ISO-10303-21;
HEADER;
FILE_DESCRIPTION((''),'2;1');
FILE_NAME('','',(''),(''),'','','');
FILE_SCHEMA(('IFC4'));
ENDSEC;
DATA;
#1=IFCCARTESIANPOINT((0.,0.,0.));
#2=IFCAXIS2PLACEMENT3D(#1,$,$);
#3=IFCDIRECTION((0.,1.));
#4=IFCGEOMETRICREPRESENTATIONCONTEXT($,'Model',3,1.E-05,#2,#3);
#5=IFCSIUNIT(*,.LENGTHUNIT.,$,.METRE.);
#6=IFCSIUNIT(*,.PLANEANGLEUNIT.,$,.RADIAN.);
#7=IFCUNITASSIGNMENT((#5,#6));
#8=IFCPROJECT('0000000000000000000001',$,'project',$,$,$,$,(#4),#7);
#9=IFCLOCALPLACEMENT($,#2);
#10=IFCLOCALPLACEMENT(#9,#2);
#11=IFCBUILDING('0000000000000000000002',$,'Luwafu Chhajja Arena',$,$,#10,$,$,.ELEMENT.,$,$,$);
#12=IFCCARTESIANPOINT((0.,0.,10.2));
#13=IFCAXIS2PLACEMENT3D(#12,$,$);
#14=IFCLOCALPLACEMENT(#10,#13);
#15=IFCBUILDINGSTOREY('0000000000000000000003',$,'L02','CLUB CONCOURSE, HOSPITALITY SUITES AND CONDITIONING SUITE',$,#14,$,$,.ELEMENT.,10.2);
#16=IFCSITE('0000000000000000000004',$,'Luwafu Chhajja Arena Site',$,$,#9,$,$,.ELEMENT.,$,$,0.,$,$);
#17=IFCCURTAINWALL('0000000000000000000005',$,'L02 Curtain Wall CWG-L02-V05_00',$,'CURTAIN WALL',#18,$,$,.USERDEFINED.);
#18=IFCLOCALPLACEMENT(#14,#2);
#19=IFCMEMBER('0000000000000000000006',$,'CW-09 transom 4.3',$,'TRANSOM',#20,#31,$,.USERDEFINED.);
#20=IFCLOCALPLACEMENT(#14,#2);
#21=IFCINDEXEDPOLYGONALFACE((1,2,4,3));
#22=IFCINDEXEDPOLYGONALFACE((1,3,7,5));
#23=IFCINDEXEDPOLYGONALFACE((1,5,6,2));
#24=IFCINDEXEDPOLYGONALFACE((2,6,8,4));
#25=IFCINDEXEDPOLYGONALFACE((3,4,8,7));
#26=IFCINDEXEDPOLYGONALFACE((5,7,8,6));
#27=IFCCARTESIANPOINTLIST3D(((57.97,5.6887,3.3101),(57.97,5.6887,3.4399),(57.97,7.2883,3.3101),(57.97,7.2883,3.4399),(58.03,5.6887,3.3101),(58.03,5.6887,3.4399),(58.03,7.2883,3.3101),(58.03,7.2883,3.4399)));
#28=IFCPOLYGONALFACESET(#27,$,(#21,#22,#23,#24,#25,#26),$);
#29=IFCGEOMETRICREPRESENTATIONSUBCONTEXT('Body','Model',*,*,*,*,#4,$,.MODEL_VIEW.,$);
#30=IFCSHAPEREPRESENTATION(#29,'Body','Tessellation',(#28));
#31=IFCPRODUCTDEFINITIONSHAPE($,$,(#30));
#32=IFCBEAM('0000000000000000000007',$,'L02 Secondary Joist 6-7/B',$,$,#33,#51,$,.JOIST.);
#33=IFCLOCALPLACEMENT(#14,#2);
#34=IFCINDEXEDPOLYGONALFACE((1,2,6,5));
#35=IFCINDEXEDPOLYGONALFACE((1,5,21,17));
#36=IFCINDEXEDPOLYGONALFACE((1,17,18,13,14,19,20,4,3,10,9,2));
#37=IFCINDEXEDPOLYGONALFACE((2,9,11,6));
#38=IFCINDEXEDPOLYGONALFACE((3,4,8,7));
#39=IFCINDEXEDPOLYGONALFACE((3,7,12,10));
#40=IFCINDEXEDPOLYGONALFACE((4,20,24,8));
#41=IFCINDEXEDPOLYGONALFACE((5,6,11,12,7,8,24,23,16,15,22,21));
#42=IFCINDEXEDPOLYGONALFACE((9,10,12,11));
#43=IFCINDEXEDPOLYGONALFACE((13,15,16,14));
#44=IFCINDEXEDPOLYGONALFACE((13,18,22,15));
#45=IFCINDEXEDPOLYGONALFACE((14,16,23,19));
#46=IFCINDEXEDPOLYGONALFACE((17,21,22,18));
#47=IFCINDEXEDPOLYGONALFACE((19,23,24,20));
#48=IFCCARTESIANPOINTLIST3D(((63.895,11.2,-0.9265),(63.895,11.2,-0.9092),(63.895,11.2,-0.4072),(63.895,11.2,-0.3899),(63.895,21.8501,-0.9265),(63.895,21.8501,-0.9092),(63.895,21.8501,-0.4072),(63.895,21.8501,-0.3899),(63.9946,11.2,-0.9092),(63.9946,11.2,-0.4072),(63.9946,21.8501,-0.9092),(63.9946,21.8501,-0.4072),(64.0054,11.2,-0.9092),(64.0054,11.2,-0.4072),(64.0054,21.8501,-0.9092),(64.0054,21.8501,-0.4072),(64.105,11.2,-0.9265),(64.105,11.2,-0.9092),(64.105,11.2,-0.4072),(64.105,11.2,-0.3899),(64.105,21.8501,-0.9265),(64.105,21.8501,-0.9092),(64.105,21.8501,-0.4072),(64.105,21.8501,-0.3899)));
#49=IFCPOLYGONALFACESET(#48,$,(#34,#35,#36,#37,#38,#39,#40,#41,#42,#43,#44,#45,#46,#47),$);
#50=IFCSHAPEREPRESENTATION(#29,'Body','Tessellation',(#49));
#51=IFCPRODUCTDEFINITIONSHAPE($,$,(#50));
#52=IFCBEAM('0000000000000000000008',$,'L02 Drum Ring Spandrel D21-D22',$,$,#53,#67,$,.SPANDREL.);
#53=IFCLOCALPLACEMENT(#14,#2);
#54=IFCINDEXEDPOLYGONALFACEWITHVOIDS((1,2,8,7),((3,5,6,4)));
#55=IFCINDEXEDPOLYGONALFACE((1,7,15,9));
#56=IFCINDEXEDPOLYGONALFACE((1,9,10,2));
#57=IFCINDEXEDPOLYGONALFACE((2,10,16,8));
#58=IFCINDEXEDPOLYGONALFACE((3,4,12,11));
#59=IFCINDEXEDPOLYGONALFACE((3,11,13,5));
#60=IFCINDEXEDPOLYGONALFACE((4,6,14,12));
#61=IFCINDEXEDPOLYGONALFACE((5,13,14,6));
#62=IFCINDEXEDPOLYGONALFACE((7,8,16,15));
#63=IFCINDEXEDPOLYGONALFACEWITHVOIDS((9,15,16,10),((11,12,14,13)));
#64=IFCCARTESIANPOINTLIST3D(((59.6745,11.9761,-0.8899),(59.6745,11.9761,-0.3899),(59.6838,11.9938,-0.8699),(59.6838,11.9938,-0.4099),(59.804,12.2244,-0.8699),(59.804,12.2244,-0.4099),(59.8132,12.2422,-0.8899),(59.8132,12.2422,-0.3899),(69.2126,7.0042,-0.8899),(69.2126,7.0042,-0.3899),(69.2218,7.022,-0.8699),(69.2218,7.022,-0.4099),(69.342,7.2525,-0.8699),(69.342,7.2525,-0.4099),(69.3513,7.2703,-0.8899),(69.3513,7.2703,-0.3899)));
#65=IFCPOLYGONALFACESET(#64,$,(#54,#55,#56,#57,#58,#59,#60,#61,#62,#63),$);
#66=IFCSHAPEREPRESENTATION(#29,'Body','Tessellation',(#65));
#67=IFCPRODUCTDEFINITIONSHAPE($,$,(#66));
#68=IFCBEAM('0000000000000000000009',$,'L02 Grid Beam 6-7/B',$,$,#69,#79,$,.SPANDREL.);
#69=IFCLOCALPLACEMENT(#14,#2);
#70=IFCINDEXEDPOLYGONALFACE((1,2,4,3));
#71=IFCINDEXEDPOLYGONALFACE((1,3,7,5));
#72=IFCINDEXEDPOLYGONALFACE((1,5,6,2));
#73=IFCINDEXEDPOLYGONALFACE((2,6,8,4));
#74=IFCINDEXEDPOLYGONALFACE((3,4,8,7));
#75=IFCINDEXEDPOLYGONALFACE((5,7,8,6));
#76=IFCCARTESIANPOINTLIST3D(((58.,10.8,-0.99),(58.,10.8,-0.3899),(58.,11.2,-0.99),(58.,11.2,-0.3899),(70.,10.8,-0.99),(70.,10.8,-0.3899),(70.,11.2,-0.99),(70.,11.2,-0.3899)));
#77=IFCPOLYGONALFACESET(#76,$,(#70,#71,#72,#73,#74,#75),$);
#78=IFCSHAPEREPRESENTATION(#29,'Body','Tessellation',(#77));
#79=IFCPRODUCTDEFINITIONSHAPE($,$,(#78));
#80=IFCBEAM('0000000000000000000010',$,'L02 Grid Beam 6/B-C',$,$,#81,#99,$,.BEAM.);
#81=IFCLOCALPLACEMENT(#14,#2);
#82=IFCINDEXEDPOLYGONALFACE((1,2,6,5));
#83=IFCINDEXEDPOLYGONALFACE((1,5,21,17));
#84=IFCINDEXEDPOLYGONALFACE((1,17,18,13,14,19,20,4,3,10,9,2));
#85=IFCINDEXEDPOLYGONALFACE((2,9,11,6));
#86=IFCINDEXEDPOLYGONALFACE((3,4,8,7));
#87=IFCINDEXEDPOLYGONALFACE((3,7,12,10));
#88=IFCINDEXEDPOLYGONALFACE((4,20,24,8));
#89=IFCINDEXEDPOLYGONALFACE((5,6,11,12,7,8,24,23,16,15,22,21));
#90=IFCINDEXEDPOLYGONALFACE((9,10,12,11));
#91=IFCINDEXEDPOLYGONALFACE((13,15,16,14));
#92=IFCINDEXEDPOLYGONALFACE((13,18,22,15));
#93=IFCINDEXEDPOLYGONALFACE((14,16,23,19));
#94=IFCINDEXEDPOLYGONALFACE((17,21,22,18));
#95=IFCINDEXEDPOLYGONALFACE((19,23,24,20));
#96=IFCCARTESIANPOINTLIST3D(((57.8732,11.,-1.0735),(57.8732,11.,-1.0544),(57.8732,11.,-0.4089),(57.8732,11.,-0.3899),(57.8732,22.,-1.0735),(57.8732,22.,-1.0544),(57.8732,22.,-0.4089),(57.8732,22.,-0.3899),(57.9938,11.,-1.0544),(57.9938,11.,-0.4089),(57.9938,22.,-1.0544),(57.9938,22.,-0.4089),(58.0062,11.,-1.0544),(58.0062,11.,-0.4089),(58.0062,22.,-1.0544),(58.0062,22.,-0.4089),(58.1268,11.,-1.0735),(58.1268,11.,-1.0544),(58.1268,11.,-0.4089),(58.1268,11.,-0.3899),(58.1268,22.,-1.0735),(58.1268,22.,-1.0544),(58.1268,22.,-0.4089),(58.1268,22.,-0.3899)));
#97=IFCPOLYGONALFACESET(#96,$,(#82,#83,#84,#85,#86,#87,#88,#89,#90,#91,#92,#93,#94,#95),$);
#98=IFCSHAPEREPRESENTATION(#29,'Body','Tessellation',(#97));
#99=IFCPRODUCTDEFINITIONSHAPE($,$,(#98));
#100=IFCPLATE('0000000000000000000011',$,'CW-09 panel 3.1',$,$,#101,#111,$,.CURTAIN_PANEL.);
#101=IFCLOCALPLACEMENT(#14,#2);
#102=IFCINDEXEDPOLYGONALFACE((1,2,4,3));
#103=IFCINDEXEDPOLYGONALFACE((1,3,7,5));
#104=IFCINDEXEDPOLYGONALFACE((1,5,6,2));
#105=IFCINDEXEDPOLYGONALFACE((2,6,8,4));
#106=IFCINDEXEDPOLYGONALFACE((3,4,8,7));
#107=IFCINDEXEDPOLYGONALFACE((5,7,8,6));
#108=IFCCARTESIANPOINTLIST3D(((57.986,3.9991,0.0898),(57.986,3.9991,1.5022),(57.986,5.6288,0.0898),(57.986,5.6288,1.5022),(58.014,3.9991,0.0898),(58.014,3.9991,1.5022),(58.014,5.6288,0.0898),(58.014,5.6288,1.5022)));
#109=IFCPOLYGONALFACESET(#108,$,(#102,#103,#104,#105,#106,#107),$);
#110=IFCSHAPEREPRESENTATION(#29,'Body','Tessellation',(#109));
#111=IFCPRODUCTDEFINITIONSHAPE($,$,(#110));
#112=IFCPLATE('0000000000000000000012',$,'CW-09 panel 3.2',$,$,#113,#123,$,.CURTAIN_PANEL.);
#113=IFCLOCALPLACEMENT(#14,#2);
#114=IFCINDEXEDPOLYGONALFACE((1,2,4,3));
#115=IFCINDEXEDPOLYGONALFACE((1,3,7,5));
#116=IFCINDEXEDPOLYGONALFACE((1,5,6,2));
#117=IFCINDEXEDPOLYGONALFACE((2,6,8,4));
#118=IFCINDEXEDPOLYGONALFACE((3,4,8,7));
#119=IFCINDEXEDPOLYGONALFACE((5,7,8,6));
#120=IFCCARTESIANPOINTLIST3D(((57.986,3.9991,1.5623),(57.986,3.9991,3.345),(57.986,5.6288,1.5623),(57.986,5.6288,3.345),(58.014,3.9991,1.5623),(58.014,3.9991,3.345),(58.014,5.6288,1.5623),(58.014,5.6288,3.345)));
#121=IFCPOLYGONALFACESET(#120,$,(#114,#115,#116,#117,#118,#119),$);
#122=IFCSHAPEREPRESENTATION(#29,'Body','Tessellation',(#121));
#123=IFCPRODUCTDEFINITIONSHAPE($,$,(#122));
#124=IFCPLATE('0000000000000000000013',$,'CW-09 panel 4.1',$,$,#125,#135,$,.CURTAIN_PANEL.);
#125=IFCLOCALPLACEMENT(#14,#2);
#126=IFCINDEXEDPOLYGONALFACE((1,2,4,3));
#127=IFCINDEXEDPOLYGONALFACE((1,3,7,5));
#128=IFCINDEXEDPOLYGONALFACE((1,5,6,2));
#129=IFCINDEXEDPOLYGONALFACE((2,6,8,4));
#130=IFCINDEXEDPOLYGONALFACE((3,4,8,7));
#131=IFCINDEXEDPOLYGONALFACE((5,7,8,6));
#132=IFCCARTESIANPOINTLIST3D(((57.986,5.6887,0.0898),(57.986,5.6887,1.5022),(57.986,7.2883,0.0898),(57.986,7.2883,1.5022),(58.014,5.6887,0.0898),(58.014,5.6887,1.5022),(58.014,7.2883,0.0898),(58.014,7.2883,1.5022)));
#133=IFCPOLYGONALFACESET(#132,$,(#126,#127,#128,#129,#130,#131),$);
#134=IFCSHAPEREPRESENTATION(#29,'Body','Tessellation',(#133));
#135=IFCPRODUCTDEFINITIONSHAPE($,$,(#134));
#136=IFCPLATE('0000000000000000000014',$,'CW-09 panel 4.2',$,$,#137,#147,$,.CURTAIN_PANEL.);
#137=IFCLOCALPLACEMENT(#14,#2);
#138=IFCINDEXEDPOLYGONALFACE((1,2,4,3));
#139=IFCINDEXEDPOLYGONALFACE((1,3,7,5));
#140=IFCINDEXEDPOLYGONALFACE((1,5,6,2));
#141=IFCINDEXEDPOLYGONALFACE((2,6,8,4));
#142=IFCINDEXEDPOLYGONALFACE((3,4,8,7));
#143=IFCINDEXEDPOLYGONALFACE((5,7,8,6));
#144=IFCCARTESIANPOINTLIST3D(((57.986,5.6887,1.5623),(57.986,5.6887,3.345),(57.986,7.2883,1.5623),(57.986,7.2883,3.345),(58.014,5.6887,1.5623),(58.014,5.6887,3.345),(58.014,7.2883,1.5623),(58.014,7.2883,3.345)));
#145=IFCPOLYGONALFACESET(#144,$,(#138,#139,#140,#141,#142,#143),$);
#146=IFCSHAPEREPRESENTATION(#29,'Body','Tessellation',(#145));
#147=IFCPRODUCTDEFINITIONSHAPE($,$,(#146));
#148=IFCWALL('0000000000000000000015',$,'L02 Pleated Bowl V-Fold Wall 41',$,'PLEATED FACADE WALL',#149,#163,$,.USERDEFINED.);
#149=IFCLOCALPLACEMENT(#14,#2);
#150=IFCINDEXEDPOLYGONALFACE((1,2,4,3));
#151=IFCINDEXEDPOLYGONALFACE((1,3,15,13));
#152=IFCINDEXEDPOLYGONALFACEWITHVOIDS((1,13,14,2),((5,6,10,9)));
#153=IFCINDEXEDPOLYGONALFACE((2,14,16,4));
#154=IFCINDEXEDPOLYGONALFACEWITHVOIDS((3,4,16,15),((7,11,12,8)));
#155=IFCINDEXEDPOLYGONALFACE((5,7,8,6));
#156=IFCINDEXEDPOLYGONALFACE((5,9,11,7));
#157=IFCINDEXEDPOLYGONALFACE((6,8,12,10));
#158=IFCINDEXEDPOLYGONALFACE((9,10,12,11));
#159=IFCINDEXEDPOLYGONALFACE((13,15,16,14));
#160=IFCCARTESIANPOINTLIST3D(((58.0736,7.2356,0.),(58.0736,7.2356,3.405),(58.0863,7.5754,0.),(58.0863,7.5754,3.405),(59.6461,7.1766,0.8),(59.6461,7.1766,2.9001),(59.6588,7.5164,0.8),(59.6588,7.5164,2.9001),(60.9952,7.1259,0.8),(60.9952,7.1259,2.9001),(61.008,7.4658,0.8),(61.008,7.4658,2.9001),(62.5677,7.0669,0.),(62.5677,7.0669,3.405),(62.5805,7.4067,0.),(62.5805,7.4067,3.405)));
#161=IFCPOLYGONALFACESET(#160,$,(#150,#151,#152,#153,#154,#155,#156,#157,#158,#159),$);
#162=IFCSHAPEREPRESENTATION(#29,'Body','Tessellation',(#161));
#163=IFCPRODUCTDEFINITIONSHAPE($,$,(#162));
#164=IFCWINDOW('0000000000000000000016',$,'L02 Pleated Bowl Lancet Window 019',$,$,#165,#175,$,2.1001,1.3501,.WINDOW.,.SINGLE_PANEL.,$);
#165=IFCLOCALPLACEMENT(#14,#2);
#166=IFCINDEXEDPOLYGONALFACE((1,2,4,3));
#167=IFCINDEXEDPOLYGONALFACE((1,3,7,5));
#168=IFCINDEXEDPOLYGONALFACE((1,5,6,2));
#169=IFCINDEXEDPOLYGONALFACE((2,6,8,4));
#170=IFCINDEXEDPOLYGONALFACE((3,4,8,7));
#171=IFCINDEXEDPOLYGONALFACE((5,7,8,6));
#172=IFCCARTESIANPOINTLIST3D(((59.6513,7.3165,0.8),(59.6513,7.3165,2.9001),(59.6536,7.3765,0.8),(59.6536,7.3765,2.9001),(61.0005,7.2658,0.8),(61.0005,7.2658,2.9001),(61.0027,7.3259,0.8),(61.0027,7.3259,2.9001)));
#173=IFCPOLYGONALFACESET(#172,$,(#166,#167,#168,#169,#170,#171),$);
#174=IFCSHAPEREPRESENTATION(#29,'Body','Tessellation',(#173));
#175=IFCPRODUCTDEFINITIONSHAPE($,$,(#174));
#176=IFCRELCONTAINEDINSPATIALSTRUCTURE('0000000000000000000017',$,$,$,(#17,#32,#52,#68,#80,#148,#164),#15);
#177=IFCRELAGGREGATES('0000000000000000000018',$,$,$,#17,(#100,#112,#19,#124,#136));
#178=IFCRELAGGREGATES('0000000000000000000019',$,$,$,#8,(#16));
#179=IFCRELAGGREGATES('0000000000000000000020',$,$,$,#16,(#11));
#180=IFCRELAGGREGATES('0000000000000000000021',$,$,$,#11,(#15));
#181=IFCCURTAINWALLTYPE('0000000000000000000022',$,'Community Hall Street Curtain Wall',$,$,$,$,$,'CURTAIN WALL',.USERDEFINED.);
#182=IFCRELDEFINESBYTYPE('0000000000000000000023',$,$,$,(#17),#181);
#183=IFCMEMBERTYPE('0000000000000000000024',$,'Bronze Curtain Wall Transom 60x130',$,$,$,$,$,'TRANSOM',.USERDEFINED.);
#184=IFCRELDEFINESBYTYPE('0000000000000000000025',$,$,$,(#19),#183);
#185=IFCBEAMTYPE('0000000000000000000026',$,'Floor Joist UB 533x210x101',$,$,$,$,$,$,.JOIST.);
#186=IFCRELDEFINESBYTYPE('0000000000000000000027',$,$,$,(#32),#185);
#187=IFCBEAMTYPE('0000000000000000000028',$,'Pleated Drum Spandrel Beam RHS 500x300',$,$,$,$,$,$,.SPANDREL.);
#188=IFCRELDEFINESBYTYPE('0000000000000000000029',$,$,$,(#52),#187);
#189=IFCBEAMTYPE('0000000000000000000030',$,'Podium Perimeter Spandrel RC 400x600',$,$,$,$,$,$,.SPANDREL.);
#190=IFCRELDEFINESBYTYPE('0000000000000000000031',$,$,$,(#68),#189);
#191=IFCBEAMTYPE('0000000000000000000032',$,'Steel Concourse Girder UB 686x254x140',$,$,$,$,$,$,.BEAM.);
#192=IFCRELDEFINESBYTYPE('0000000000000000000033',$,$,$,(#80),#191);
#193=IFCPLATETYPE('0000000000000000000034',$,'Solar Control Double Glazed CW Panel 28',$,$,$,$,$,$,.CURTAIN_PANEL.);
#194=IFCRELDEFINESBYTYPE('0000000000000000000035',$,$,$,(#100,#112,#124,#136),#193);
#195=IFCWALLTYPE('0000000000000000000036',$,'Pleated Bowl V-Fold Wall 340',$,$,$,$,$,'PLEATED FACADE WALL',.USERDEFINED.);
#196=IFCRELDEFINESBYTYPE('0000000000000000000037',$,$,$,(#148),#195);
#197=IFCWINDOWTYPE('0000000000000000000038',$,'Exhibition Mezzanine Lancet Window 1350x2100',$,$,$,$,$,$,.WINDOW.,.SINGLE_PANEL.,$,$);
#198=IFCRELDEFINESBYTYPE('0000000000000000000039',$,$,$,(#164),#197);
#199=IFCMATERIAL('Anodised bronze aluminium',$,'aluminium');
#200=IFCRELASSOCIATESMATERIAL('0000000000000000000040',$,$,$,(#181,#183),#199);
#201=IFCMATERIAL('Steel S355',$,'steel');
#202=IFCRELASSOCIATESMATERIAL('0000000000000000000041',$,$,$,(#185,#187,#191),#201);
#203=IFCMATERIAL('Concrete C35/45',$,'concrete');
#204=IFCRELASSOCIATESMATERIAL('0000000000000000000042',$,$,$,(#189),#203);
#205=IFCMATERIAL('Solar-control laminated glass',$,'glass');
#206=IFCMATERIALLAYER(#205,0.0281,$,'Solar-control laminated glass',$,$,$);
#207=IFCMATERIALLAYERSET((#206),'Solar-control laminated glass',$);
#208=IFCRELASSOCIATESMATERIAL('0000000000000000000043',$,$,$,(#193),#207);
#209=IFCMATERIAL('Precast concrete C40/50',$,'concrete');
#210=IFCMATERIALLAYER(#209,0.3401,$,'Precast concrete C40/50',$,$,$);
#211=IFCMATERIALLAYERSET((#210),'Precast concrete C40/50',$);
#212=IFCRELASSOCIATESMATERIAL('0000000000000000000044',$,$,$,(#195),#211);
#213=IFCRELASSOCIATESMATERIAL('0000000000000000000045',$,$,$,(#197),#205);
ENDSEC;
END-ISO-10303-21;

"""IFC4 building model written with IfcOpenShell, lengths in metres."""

from ifc_helpers import new_model, si_unit, direction, frame, frame_2d, origin, origin_2d, place, context, subcontext, project, spatial, rectangle, hollow_rectangle, i_section, extrude, material, layer, layer_set, material_profile, profile_set, type_object, element, fill, aggregate, save


model = new_model("IFC4")

# Units and contexts
model_context = context("Model", 3, precision=1e-05, world=origin(), true_north=direction((0.0, 1.0)))
body_context = subcontext(model_context, "Body", "Model", "MODEL_VIEW")
ifc_project = project(units=[si_unit("LENGTHUNIT", "METRE"), si_unit("PLANEANGLEUNIT", "RADIAN")], contexts=[model_context])

# Site, building, storey
site_placement = place(None, origin())
site = spatial("IfcSite", under=ifc_project, at=site_placement, Name="Luwafu Chhajja Arena Site", CompositionType="ELEMENT", RefElevation=0.0)
building_placement = place(site_placement, origin())
building = spatial("IfcBuilding", under=site, at=building_placement, Name="Luwafu Chhajja Arena", CompositionType="ELEMENT")
storey_placement = place(building_placement, frame((0.0, 0.0, 10.2)))
storey = spatial("IfcBuildingStorey", under=building, at=storey_placement, Name="L02", Description="CLUB CONCOURSE, HOSPITALITY SUITES AND CONDITIONING SUITE", CompositionType="ELEMENT", Elevation=10.2)

# Shared definitions
ifc_material_1 = material(Name="Concrete C35/45", Category="concrete")
ifc_material_2 = material(Name="Steel S355", Category="steel")

# Curtain wall, member
ifc_material_3 = material(Name="Anodised bronze aluminium", Category="aluminium")
curtain_wall_type = type_object("IfcCurtainWallType", Name="Community Hall Street Curtain Wall", ElementType="CURTAIN WALL", PredefinedType="USERDEFINED", material=ifc_material_3)
curtain_wall_placement = place(storey_placement, origin())
curtain_wall = element("IfcCurtainWall", 1, at=curtain_wall_placement, inside=storey, type_object=curtain_wall_type, Name="L02 Curtain Wall CWG-L02-V05_00", ObjectType="CURTAIN WALL", PredefinedType="USERDEFINED")
ifc_material_profile_1 = material_profile(ifc_material_3, rectangle(XDim=0.0601, YDim=0.1299, at=origin_2d()), Name="CWT 60x130")
ifc_profile_set_1 = profile_set([ifc_material_profile_1], Name="Anodised bronze aluminium")
member_type_1 = type_object("IfcMemberType", Name="Bronze Curtain Wall Transom 60x130", ElementType="TRANSOM", PredefinedType="USERDEFINED", material=ifc_profile_set_1)
member_1_placement = place(storey_placement, frame((58.0, 5.6887, 3.375), z_axis=(0.0, 1.0, 0.0), x_axis=(-1.0, 0.0, 0.0)))
member_1 = element("IfcMember", 2, at=member_1_placement, type_object=member_type_1, Name="CW-09 transom 4.3", ObjectType="TRANSOM", PredefinedType="USERDEFINED", context=body_context, shape_type="SweptSolid", body=[
    extrude(rectangle(XDim=0.0601, YDim=0.1299, at=origin_2d()), origin(), (0.0, 0.0, 1.0), 1.5996),
])

# Beams
ifc_material_profile_2 = material_profile(ifc_material_2, i_section(OverallWidth=0.21, OverallDepth=0.5366, WebThickness=0.0107, FlangeThickness=0.0173, at=origin_2d()), Name="UB 533x210x101")
ifc_profile_set_2 = profile_set([ifc_material_profile_2], Name="Steel S355")
beam_type_1 = type_object("IfcBeamType", Name="Floor Joist UB 533x210x101", PredefinedType="JOIST", material=ifc_profile_set_2)
beam_1_placement = place(storey_placement, frame((64.0, 11.2, -0.6582), z_axis=(0.0, 1.0, 0.0), x_axis=(-1.0, 0.0, 0.0)))
element("IfcBeam", 3, at=beam_1_placement, inside=storey, type_object=beam_type_1, Name="L02 Secondary Joist 6-7/B", PredefinedType="JOIST", context=body_context, shape_type="SweptSolid", body=[
    extrude(i_section(OverallWidth=0.21, OverallDepth=0.5366, WebThickness=0.0107, FlangeThickness=0.0173, at=origin_2d()), origin(), (0.0, 0.0, 1.0), 10.6501),
])
ifc_material_profile_3 = material_profile(ifc_material_2, hollow_rectangle(XDim=0.3, YDim=0.5, WallThickness=0.02, at=origin_2d()), Name="RHS 500x300x20")
ifc_profile_set_3 = profile_set([ifc_material_profile_3], Name="Steel S355")
beam_type_2 = type_object("IfcBeamType", Name="Pleated Drum Spandrel Beam RHS 500x300", PredefinedType="SPANDREL", material=ifc_profile_set_3)
beam_2_placement = place(storey_placement, frame((59.7439, 12.1091, -0.6399), z_axis=(0.886755, -0.462239, 0.0), x_axis=(0.462239, 0.886755, 0.0)))
element("IfcBeam", 4, at=beam_2_placement, inside=storey, type_object=beam_type_2, Name="L02 Drum Ring Spandrel D21-D22", PredefinedType="SPANDREL", context=body_context, shape_type="SweptSolid", body=[
    extrude(hollow_rectangle(XDim=0.3, YDim=0.5, WallThickness=0.02, at=origin_2d()), origin(), (0.0, 0.0, 1.0), 10.7561),
])
ifc_material_profile_4 = material_profile(ifc_material_1, rectangle(XDim=0.3999, YDim=0.6001, at=origin_2d()), Name="RC 400x600")
ifc_profile_set_4 = profile_set([ifc_material_profile_4], Name="Concrete C35/45")
beam_type_3 = type_object("IfcBeamType", Name="Podium Perimeter Spandrel RC 400x600", PredefinedType="SPANDREL", material=ifc_profile_set_4)
beam_3_placement = place(storey_placement, frame((58.0, 11.0, -0.6899), z_axis=(1.0, 0.0, 0.0), x_axis=(0.0, 1.0, 0.0)))
element("IfcBeam", 5, at=beam_3_placement, inside=storey, type_object=beam_type_3, Name="L02 Grid Beam 6-7/B", PredefinedType="SPANDREL", context=body_context, shape_type="SweptSolid", body=[
    extrude(rectangle(XDim=0.3999, YDim=0.6001, at=origin_2d()), origin(), (0.0, 0.0, 1.0), 12.0),
])
ifc_material_profile_5 = material_profile(ifc_material_2, i_section(OverallWidth=0.2537, OverallDepth=0.6836, WebThickness=0.0125, FlangeThickness=0.019, at=origin_2d()), Name="UB 686x254x140")
ifc_profile_set_5 = profile_set([ifc_material_profile_5], Name="Steel S355")
beam_type_4 = type_object("IfcBeamType", Name="Steel Concourse Girder UB 686x254x140", PredefinedType="BEAM", material=ifc_profile_set_5)
beam_4_placement = place(storey_placement, frame((58.0, 11.0, -0.7317), z_axis=(0.0, 1.0, 0.0), x_axis=(-1.0, 0.0, 0.0)))
element("IfcBeam", 6, at=beam_4_placement, inside=storey, type_object=beam_type_4, Name="L02 Grid Beam 6/B-C", PredefinedType="BEAM", context=body_context, shape_type="SweptSolid", body=[
    extrude(i_section(OverallWidth=0.2537, OverallDepth=0.6836, WebThickness=0.0125, FlangeThickness=0.019, at=origin_2d()), origin(), (0.0, 0.0, 1.0), 11.0),
])

# Plates
ifc_material_4 = material(Name="Solar-control laminated glass", Category="glass")
ifc_layer_1 = layer(ifc_material_4, 0.0281, Name="Solar-control laminated glass")
ifc_layer_set_1 = layer_set([ifc_layer_1], Name="Solar-control laminated glass")
plate_type = type_object("IfcPlateType", Name="Solar Control Double Glazed CW Panel 28", PredefinedType="CURTAIN_PANEL", material=ifc_layer_set_1)
plate_1_placement = place(storey_placement, frame((58.0, 4.814, 0.0898), z_axis=(0.0, 0.0, 1.0), x_axis=(0.0, 1.0, 0.0)))
plate_1 = element("IfcPlate", 7, at=plate_1_placement, type_object=plate_type, Name="CW-09 panel 3.1", PredefinedType="CURTAIN_PANEL", context=body_context, shape_type="SweptSolid", body=[
    extrude(rectangle(XDim=1.6296, YDim=0.0281, at=origin_2d()), origin(), (0.0, 0.0, 1.0), 1.4124),
])
plate_2_placement = place(storey_placement, frame((58.0, 4.814, 1.5623), z_axis=(0.0, 0.0, 1.0), x_axis=(0.0, 1.0, 0.0)))
plate_2 = element("IfcPlate", 8, at=plate_2_placement, type_object=plate_type, Name="CW-09 panel 3.2", PredefinedType="CURTAIN_PANEL", context=body_context, shape_type="SweptSolid", body=[
    extrude(rectangle(XDim=1.6296, YDim=0.0281, at=origin_2d()), origin(), (0.0, 0.0, 1.0), 1.7827),
])
plate_3_placement = place(storey_placement, frame((58.0, 6.4885, 0.0898), z_axis=(0.0, 0.0, 1.0), x_axis=(0.0, 1.0, 0.0)))
plate_3 = element("IfcPlate", 9, at=plate_3_placement, type_object=plate_type, Name="CW-09 panel 4.1", PredefinedType="CURTAIN_PANEL", context=body_context, shape_type="SweptSolid", body=[
    extrude(rectangle(XDim=1.5996, YDim=0.0281, at=origin_2d()), origin(), (0.0, 0.0, 1.0), 1.4124),
])
plate_4_placement = place(storey_placement, frame((58.0, 6.4885, 1.5623), z_axis=(0.0, 0.0, 1.0), x_axis=(0.0, 1.0, 0.0)))
plate_4 = element("IfcPlate", 10, at=plate_4_placement, type_object=plate_type, Name="CW-09 panel 4.2", PredefinedType="CURTAIN_PANEL", context=body_context, shape_type="SweptSolid", body=[
    extrude(rectangle(XDim=1.5996, YDim=0.0281, at=origin_2d()), origin(), (0.0, 0.0, 1.0), 1.7827),
])
aggregate(curtain_wall, [plate_1, plate_2, member_1, plate_3, plate_4])

# Wall, opening, window
ifc_material_5 = material(Name="Precast concrete C40/50", Category="concrete")
ifc_layer_2 = layer(ifc_material_5, 0.3401, Name="Precast concrete C40/50")
ifc_layer_set_2 = layer_set([ifc_layer_2], Name="Precast concrete C40/50")
wall_type = type_object("IfcWallType", Name="Pleated Bowl V-Fold Wall 340", ElementType="PLEATED FACADE WALL", PredefinedType="USERDEFINED", material=ifc_layer_set_2)
wall_1_placement = place(storey_placement, frame((58.0801, 7.4055, 0.0), z_axis=(0.0, 0.0, 1.0), x_axis=(0.999296, -0.037512, 0.0)))
wall_1 = element("IfcWall", 11, at=wall_1_placement, inside=storey, type_object=wall_type, Name="L02 Pleated Bowl V-Fold Wall 41", ObjectType="PLEATED FACADE WALL", PredefinedType="USERDEFINED", context=body_context, shape_type="SweptSolid", body=[
    extrude(rectangle(XDim=4.4973, YDim=0.3401, at=frame_2d((2.2485, 0.0))), origin(), (0.0, 0.0, 1.0), 3.405),
])
opening_1_placement = place(wall_1_placement, frame((1.5735, 0.0, 0.8)))
opening_1 = element("IfcOpeningElement", 12, at=opening_1_placement, cuts=wall_1, PredefinedType="OPENING", context=body_context, shape_type="SweptSolid", body=[
    extrude(rectangle(XDim=1.3501, YDim=2.1001, at=frame_2d((0.675, 1.05))), frame((0.0, 0.1799, 0.0), z_axis=(0.0, -1.0, 0.0), x_axis=(1.0, 0.0, 0.0)), (0.0, 0.0, 1.0), 0.3601),
])
window_type_1 = type_object("IfcWindowType", Name="Exhibition Mezzanine Lancet Window 1350x2100", PartitioningType="SINGLE_PANEL", PredefinedType="WINDOW", material=ifc_material_4)
window_1_placement = place(opening_1_placement, origin())
window_1 = element("IfcWindow", 13, at=window_1_placement, inside=storey, type_object=window_type_1, Name="L02 Pleated Bowl Lancet Window 019", OverallHeight=2.1001, OverallWidth=1.3501, PartitioningType="SINGLE_PANEL", PredefinedType="WINDOW", context=body_context, shape_type="SweptSolid", body=[
    extrude(rectangle(XDim=1.3501, YDim=2.1001, at=frame_2d((0.675, 1.05))), frame((0.0, 0.03, 0.0), z_axis=(0.0, -1.0, 0.0), x_axis=(1.0, 0.0, 0.0)), (0.0, 0.0, 1.0), 0.0601),
])
fill(opening_1, window_1)

save(model, "model.ifc")
